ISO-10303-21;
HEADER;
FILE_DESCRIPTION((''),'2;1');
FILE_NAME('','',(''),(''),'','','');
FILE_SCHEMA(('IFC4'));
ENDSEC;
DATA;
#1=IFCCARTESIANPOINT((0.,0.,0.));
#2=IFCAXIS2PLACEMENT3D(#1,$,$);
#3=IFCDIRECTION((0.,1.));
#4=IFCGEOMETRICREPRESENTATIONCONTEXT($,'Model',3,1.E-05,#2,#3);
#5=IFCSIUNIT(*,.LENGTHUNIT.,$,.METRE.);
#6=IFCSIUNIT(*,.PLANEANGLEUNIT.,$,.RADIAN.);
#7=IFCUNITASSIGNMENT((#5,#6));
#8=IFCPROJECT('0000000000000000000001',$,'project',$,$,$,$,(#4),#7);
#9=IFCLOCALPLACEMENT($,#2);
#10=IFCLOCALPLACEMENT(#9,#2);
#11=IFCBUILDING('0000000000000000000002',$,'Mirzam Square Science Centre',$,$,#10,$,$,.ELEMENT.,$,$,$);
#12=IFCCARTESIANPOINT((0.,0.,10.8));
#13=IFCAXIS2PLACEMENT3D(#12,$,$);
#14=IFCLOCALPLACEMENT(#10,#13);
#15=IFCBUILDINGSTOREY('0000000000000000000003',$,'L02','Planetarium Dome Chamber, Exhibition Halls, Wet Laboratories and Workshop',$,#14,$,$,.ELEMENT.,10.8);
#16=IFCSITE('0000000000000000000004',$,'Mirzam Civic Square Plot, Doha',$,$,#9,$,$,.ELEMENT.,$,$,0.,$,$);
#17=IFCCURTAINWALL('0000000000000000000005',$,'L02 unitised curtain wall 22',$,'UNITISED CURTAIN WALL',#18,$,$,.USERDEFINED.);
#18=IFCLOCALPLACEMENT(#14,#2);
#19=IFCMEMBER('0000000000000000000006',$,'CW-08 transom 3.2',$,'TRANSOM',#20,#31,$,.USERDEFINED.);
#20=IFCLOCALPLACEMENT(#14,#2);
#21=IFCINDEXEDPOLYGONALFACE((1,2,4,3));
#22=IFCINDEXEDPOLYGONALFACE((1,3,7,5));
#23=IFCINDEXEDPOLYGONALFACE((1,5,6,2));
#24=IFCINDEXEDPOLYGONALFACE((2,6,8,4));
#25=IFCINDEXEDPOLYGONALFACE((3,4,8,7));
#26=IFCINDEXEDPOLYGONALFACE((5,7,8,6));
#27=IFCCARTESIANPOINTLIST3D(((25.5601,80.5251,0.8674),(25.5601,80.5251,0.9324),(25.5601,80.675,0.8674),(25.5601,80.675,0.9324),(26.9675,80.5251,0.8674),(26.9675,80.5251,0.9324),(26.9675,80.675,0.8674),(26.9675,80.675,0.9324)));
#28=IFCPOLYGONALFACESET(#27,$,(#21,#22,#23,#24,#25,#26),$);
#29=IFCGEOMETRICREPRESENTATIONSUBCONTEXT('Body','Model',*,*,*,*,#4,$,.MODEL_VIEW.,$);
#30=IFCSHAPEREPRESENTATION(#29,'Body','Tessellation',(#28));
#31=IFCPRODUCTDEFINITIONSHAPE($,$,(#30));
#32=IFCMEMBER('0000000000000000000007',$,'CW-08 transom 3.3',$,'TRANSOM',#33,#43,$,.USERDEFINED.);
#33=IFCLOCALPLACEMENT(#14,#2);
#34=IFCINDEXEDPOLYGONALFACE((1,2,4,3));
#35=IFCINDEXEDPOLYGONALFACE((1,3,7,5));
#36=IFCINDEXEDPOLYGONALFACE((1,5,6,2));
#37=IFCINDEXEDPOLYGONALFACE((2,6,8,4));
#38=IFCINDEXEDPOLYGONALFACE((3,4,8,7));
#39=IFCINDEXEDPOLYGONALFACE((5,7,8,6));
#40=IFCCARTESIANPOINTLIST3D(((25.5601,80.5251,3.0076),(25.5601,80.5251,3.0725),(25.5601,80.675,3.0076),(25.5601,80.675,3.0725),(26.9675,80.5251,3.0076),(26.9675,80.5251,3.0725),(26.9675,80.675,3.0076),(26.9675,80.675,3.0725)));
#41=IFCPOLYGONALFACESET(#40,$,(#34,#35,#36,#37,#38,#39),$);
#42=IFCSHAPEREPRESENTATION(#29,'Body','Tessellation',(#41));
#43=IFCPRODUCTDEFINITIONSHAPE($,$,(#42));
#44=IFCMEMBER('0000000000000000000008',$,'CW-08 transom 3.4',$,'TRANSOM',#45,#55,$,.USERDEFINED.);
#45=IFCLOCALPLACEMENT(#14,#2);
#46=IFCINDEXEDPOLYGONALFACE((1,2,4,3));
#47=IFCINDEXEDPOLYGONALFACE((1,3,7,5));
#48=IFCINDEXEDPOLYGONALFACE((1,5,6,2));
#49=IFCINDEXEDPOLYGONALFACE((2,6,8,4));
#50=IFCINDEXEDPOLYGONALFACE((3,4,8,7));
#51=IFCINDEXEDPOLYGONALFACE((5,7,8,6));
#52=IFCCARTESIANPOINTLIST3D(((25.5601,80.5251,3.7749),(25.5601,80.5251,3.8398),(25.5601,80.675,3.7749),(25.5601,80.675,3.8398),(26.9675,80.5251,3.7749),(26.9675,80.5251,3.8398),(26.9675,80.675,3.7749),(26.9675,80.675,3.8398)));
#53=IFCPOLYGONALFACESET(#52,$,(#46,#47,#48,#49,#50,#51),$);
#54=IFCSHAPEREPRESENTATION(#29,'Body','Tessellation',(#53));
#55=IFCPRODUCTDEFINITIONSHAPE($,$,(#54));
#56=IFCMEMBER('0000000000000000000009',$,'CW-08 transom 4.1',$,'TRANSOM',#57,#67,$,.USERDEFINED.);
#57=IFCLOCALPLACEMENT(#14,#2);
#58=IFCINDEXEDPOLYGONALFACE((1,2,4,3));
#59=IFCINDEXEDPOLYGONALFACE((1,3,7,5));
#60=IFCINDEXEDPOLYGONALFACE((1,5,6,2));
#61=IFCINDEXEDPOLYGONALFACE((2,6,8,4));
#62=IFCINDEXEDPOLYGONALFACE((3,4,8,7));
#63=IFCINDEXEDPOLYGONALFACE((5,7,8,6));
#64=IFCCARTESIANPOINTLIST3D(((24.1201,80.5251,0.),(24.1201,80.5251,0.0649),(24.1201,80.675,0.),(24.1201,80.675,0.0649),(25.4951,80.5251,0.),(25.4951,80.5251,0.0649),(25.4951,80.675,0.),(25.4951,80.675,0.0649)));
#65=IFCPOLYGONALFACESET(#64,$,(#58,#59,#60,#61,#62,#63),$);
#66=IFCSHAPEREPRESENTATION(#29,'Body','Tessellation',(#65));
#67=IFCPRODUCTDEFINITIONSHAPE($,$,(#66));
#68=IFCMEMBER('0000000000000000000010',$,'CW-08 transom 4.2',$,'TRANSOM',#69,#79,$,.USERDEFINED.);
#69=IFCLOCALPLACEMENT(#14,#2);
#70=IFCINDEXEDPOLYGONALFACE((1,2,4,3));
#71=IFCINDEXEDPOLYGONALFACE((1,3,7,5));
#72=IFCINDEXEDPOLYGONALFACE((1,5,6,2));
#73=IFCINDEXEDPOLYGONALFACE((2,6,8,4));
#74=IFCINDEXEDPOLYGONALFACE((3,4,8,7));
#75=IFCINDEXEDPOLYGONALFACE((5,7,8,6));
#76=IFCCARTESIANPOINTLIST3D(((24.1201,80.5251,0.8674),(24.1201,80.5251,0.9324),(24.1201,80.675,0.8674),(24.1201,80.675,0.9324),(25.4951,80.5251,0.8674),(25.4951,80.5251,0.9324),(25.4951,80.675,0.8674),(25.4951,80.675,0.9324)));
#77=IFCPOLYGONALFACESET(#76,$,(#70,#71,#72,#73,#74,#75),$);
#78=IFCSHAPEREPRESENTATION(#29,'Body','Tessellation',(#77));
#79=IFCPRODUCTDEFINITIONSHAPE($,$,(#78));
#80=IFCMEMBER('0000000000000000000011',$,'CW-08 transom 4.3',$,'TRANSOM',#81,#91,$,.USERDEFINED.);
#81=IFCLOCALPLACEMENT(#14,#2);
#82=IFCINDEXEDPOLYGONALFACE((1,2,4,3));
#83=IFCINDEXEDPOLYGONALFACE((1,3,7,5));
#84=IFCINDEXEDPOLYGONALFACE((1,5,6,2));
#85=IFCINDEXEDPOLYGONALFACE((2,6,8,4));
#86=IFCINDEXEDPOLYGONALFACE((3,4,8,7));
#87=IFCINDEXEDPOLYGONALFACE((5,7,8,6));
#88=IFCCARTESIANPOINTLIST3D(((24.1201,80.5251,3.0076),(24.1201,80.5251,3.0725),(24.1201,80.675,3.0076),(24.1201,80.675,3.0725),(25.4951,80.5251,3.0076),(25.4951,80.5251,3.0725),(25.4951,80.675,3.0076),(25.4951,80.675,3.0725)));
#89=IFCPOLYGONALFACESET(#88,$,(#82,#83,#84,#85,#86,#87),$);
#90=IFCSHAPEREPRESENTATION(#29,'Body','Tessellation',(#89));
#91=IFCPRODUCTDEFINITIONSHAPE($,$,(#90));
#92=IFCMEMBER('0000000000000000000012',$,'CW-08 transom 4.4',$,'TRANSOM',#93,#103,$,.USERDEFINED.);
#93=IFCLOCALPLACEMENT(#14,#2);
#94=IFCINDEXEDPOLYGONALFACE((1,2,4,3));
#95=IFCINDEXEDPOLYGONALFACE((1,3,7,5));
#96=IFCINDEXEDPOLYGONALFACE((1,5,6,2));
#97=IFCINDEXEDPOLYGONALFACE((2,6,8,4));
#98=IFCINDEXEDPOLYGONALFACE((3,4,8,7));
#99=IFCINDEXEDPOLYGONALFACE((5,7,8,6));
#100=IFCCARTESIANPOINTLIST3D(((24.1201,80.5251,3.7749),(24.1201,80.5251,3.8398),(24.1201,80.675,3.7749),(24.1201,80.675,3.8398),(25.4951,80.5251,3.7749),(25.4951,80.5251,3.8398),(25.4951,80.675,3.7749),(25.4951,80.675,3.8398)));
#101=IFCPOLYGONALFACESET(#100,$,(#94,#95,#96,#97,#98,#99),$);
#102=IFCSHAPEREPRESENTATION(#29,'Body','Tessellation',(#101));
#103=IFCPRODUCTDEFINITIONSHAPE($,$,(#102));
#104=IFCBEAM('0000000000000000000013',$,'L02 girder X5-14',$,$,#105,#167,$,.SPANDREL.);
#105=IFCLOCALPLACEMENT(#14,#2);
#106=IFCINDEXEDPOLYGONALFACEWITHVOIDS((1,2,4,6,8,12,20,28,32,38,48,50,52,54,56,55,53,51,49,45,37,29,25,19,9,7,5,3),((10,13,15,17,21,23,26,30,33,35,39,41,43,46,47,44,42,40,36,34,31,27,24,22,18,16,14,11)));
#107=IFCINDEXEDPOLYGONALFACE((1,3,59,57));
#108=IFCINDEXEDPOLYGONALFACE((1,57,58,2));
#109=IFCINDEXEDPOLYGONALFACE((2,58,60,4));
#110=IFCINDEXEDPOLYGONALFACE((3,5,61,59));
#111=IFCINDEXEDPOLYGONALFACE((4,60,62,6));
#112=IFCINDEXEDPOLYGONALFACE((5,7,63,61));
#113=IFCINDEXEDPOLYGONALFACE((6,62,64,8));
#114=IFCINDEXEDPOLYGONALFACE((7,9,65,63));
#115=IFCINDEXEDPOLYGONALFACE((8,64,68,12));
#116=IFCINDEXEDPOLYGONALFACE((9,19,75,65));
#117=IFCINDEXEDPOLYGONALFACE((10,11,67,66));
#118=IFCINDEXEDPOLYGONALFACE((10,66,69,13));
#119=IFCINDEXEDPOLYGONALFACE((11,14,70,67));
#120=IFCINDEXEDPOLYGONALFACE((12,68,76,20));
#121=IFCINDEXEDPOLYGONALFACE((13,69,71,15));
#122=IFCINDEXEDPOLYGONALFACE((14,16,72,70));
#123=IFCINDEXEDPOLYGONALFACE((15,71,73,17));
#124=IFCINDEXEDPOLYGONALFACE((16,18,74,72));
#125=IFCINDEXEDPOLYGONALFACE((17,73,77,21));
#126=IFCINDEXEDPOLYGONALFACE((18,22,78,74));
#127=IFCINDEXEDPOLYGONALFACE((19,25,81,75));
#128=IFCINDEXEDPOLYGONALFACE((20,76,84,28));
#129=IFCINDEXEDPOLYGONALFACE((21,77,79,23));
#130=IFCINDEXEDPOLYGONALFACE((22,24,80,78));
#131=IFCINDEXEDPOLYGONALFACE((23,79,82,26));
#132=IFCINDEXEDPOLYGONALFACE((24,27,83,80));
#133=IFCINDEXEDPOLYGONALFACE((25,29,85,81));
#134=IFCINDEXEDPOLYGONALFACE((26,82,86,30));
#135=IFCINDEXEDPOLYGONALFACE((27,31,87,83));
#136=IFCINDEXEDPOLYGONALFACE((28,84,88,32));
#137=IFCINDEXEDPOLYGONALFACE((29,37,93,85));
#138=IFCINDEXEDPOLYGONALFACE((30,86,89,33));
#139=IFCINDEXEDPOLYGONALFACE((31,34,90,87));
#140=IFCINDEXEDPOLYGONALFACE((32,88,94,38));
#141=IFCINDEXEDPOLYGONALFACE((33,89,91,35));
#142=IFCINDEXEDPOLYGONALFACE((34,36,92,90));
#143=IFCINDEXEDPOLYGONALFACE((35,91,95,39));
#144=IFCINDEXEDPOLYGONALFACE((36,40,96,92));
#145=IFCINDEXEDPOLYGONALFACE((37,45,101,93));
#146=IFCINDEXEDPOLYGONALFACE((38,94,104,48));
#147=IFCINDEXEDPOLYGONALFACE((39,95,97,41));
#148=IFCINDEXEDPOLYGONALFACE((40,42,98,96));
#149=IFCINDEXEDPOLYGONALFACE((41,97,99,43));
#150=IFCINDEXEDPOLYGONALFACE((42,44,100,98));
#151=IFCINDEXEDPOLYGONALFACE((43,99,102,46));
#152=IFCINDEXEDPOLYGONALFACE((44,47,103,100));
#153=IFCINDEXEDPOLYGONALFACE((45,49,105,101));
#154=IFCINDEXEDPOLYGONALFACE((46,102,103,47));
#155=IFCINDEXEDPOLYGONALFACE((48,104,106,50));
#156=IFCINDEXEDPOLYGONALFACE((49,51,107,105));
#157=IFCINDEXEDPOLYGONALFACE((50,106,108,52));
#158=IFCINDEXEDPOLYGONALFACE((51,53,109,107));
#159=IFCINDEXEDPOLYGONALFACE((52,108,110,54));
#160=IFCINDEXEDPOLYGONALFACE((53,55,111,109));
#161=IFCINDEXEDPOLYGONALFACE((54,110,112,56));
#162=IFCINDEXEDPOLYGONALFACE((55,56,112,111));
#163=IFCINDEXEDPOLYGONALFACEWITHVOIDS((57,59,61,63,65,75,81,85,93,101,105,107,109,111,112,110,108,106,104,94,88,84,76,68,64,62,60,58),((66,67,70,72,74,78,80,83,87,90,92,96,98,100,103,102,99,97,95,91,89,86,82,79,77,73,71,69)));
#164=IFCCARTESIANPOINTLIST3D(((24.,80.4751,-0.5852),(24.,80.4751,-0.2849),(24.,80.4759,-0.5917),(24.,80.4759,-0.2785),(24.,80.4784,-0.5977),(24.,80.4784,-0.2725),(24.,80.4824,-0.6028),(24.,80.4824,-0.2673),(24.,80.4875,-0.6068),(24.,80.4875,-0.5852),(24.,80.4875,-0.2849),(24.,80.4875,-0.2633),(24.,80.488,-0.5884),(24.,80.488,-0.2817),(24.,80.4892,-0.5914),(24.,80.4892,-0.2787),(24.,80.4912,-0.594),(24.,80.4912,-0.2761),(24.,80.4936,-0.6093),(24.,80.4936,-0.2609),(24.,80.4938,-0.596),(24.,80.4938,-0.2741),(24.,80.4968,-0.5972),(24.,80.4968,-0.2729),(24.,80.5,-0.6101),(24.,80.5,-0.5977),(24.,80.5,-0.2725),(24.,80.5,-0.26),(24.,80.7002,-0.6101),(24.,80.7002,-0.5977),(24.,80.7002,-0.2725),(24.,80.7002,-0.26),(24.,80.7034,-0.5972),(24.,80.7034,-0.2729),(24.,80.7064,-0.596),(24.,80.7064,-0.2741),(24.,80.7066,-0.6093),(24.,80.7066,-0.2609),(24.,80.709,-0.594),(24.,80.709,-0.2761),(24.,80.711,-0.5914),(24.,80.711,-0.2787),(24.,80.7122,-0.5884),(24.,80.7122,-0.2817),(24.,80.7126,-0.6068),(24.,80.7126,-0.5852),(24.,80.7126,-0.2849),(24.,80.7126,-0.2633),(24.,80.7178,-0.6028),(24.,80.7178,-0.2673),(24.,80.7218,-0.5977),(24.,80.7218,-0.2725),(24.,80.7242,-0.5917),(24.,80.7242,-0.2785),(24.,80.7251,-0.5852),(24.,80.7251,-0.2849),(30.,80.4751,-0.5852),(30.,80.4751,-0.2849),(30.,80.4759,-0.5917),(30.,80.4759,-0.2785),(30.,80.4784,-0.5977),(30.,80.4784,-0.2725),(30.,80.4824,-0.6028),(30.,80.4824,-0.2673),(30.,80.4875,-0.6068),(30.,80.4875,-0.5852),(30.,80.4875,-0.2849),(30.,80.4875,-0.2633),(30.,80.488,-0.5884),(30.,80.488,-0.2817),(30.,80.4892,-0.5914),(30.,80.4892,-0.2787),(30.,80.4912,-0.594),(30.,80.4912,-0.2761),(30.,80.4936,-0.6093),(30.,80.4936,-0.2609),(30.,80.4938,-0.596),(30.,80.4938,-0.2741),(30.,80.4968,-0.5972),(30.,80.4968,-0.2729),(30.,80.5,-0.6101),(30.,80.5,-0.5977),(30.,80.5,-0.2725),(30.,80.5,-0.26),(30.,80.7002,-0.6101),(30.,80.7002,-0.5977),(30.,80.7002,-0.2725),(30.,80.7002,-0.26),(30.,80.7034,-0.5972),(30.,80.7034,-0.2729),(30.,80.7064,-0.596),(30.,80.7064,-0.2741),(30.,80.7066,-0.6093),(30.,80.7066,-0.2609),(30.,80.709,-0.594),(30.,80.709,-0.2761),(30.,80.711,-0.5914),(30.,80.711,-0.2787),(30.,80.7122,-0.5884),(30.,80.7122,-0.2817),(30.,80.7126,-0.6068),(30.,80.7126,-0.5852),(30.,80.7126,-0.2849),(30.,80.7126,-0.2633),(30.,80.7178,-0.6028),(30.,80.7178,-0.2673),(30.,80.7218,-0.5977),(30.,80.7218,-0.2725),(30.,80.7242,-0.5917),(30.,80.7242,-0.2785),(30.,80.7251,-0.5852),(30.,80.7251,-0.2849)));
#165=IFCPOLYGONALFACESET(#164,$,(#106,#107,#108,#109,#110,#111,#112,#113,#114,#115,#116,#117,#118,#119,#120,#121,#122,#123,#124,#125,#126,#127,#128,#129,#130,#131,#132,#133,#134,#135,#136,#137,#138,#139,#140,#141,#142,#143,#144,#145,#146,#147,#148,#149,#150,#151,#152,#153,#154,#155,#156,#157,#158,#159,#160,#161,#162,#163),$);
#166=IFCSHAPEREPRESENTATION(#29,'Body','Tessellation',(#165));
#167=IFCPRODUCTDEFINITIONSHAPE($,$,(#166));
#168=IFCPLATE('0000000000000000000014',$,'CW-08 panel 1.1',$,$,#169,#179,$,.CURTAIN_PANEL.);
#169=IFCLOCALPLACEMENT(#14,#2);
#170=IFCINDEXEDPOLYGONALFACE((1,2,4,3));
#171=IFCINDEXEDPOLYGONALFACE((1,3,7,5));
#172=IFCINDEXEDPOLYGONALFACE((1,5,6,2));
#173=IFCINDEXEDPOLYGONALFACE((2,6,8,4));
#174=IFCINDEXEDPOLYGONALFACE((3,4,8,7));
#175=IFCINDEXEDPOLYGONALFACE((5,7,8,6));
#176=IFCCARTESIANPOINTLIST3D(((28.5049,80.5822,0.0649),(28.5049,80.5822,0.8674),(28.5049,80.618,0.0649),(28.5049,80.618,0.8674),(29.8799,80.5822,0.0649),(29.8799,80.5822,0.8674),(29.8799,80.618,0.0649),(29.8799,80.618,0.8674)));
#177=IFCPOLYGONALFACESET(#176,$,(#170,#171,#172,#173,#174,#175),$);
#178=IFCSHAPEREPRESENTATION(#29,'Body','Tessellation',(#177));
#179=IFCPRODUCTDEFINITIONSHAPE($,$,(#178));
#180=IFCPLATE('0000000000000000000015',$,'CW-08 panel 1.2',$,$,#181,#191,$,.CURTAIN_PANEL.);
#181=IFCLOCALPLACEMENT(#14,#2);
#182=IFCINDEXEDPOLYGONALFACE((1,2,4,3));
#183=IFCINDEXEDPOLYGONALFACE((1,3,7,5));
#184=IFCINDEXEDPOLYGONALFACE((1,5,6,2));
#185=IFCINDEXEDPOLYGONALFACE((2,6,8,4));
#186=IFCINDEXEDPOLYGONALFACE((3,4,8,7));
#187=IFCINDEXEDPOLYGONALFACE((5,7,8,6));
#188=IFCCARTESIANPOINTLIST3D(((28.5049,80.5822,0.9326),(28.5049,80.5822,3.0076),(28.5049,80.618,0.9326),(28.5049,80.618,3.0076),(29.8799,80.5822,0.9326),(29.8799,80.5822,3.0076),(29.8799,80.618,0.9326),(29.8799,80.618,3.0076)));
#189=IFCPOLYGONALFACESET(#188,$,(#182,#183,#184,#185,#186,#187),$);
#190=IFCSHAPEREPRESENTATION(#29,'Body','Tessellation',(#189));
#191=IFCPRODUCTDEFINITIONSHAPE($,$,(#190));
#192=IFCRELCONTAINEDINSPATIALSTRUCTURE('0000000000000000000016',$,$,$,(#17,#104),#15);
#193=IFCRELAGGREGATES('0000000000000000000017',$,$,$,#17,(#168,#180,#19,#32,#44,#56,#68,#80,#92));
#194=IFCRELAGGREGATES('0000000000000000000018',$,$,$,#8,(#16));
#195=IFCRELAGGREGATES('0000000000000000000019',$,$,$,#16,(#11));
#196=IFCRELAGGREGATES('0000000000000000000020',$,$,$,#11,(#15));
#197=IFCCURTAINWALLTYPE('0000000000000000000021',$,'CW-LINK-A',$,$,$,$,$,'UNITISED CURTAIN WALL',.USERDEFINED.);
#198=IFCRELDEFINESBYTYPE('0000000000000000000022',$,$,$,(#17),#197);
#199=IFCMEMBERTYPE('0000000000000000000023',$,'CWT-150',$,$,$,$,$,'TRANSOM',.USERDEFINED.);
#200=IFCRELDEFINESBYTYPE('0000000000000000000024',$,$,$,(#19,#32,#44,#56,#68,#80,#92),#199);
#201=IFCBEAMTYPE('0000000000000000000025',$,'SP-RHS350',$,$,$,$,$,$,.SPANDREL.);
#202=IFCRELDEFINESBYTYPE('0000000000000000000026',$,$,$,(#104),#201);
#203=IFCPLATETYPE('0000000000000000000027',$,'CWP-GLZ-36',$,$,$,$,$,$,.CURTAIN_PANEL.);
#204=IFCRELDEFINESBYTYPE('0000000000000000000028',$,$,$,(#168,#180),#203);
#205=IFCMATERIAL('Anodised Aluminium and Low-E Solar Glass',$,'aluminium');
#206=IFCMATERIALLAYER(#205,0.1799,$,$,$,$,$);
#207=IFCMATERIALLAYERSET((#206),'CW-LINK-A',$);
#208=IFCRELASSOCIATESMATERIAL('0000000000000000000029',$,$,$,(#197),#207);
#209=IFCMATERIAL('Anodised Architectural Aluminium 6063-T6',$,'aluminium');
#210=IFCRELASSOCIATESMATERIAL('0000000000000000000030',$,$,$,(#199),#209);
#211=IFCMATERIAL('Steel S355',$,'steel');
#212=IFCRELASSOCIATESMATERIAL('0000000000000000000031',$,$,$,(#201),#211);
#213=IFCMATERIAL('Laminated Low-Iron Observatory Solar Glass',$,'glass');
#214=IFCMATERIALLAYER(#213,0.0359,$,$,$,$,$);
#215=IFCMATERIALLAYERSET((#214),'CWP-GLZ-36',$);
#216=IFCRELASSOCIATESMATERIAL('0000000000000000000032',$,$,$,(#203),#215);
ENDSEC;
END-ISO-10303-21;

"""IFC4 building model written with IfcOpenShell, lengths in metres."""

from ifc_helpers import new_model, si_unit, direction, frame, origin, origin_2d, place, context, subcontext, project, spatial, rectangle, hollow_rectangle, extrude, material, layer, layer_set, material_profile, profile_set, type_object, element, aggregate, save


model = new_model("IFC4")

# Units and contexts
model_context = context("Model", 3, precision=1e-05, world=origin(), true_north=direction((0.0, 1.0)))
body_context = subcontext(model_context, "Body", "Model", "MODEL_VIEW")
ifc_project = project(units=[si_unit("LENGTHUNIT", "METRE"), si_unit("PLANEANGLEUNIT", "RADIAN")], contexts=[model_context])

# Site, building, storey
site_placement = place(None, origin())
site = spatial("IfcSite", under=ifc_project, at=site_placement, Name="Mirzam Civic Square Plot, Doha", CompositionType="ELEMENT", RefElevation=0.0)
building_placement = place(site_placement, origin())
building = spatial("IfcBuilding", under=site, at=building_placement, Name="Mirzam Square Science Centre", CompositionType="ELEMENT")
storey_placement = place(building_placement, frame((0.0, 0.0, 10.8)))
storey = spatial("IfcBuildingStorey", under=building, at=storey_placement, Name="L02", Description="Planetarium Dome Chamber, Exhibition Halls, Wet Laboratories and Workshop", CompositionType="ELEMENT", Elevation=10.8)

# Shared definitions
ifc_material_1 = material(Name="Steel S355", Category="steel")

# Curtain wall, members
ifc_material_2 = material(Name="Anodised Aluminium and Low-E Solar Glass", Category="aluminium")
ifc_layer_1 = layer(ifc_material_2, 0.1799)
ifc_layer_set_1 = layer_set([ifc_layer_1], Name="CW-LINK-A")
curtain_wall_type = type_object("IfcCurtainWallType", Name="CW-LINK-A", ElementType="UNITISED CURTAIN WALL", PredefinedType="USERDEFINED", material=ifc_layer_set_1)
curtain_wall_placement = place(storey_placement, origin())
curtain_wall = element("IfcCurtainWall", 1, at=curtain_wall_placement, inside=storey, type_object=curtain_wall_type, Name="L02 unitised curtain wall 22", ObjectType="UNITISED CURTAIN WALL", PredefinedType="USERDEFINED")
ifc_material_3 = material(Name="Anodised Architectural Aluminium 6063-T6", Category="aluminium")
ifc_material_profile_1 = material_profile(ifc_material_3, rectangle(XDim=0.1499, YDim=0.0649, at=origin_2d()), Name="ALU-TRAN-150x65x4")
ifc_profile_set_1 = profile_set([ifc_material_profile_1], Name="Anodised Architectural Aluminium 6063-T6")
member_type_1 = type_object("IfcMemberType", Name="CWT-150", ElementType="TRANSOM", PredefinedType="USERDEFINED", material=ifc_profile_set_1)
member_1_placement = place(storey_placement, frame((26.9675, 80.6001, 0.8999), z_axis=(-1.0, 0.0, 0.0), x_axis=(0.0, -1.0, 0.0)))
member_1 = element("IfcMember", 2, at=member_1_placement, type_object=member_type_1, Name="CW-08 transom 3.2", ObjectType="TRANSOM", PredefinedType="USERDEFINED", context=body_context, shape_type="SweptSolid", body=[
    extrude(rectangle(XDim=0.1499, YDim=0.0649, at=origin_2d()), origin(), (0.0, 0.0, 1.0), 1.4075),
])
member_2_placement = place(storey_placement, frame((26.9675, 80.6001, 3.04), z_axis=(-1.0, 0.0, 0.0), x_axis=(0.0, -1.0, 0.0)))
member_2 = element("IfcMember", 3, at=member_2_placement, type_object=member_type_1, Name="CW-08 transom 3.3", ObjectType="TRANSOM", PredefinedType="USERDEFINED", context=body_context, shape_type="SweptSolid", body=[
    extrude(rectangle(XDim=0.1499, YDim=0.0649, at=origin_2d()), origin(), (0.0, 0.0, 1.0), 1.4075),
])
member_3_placement = place(storey_placement, frame((26.9675, 80.6001, 3.8074), z_axis=(-1.0, 0.0, 0.0), x_axis=(0.0, -1.0, 0.0)))
member_3 = element("IfcMember", 4, at=member_3_placement, type_object=member_type_1, Name="CW-08 transom 3.4", ObjectType="TRANSOM", PredefinedType="USERDEFINED", context=body_context, shape_type="SweptSolid", body=[
    extrude(rectangle(XDim=0.1499, YDim=0.0649, at=origin_2d()), origin(), (0.0, 0.0, 1.0), 1.4075),
])
member_4_placement = place(storey_placement, frame((25.4951, 80.6001, 0.0325), z_axis=(-1.0, 0.0, 0.0), x_axis=(0.0, -1.0, 0.0)))
member_4 = element("IfcMember", 5, at=member_4_placement, type_object=member_type_1, Name="CW-08 transom 4.1", ObjectType="TRANSOM", PredefinedType="USERDEFINED", context=body_context, shape_type="SweptSolid", body=[
    extrude(rectangle(XDim=0.1499, YDim=0.0649, at=origin_2d()), origin(), (0.0, 0.0, 1.0), 1.375),
])
member_5_placement = place(storey_placement, frame((25.4951, 80.6001, 0.8999), z_axis=(-1.0, 0.0, 0.0), x_axis=(0.0, -1.0, 0.0)))
member_5 = element("IfcMember", 6, at=member_5_placement, type_object=member_type_1, Name="CW-08 transom 4.2", ObjectType="TRANSOM", PredefinedType="USERDEFINED", context=body_context, shape_type="SweptSolid", body=[
    extrude(rectangle(XDim=0.1499, YDim=0.0649, at=origin_2d()), origin(), (0.0, 0.0, 1.0), 1.375),
])
member_6_placement = place(storey_placement, frame((25.4951, 80.6001, 3.04), z_axis=(-1.0, 0.0, 0.0), x_axis=(0.0, -1.0, 0.0)))
member_6 = element("IfcMember", 7, at=member_6_placement, type_object=member_type_1, Name="CW-08 transom 4.3", ObjectType="TRANSOM", PredefinedType="USERDEFINED", context=body_context, shape_type="SweptSolid", body=[
    extrude(rectangle(XDim=0.1499, YDim=0.0649, at=origin_2d()), origin(), (0.0, 0.0, 1.0), 1.375),
])
member_7_placement = place(storey_placement, frame((25.4951, 80.6001, 3.8074), z_axis=(-1.0, 0.0, 0.0), x_axis=(0.0, -1.0, 0.0)))
member_7 = element("IfcMember", 8, at=member_7_placement, type_object=member_type_1, Name="CW-08 transom 4.4", ObjectType="TRANSOM", PredefinedType="USERDEFINED", context=body_context, shape_type="SweptSolid", body=[
    extrude(rectangle(XDim=0.1499, YDim=0.0649, at=origin_2d()), origin(), (0.0, 0.0, 1.0), 1.375),
])

# Beam
ifc_material_profile_2 = material_profile(ifc_material_1, hollow_rectangle(XDim=0.25, YDim=0.3501, WallThickness=0.0125, InnerFilletRadius=0.0125, OuterFilletRadius=0.0249, at=origin_2d()), Name="350x250x12.5RHS")
ifc_profile_set_2 = profile_set([ifc_material_profile_2], Name="Steel S355")
beam_type = type_object("IfcBeamType", Name="SP-RHS350", PredefinedType="SPANDREL", material=ifc_profile_set_2)
beam_placement = place(storey_placement, frame((24.0, 80.6001, -0.4351), z_axis=(1.0, 0.0, 0.0), x_axis=(0.0, 1.0, 0.0)))
element("IfcBeam", 9, at=beam_placement, inside=storey, type_object=beam_type, Name="L02 girder X5-14", PredefinedType="SPANDREL", context=body_context, shape_type="SweptSolid", body=[
    extrude(hollow_rectangle(XDim=0.25, YDim=0.3501, WallThickness=0.0125, InnerFilletRadius=0.0125, OuterFilletRadius=0.0249, at=origin_2d()), origin(), (0.0, 0.0, 1.0), 6.0),
])

# Plates
ifc_material_4 = material(Name="Laminated Low-Iron Observatory Solar Glass", Category="glass")
ifc_layer_2 = layer(ifc_material_4, 0.0359)
ifc_layer_set_2 = layer_set([ifc_layer_2], Name="CWP-GLZ-36")
plate_type = type_object("IfcPlateType", Name="CWP-GLZ-36", PredefinedType="CURTAIN_PANEL", material=ifc_layer_set_2)
plate_1_placement = place(storey_placement, frame((29.1924, 80.6001, 0.0649), z_axis=(0.0, 0.0, 1.0), x_axis=(-1.0, 0.0, 0.0)))
plate_1 = element("IfcPlate", 10, at=plate_1_placement, type_object=plate_type, Name="CW-08 panel 1.1", PredefinedType="CURTAIN_PANEL", context=body_context, shape_type="SweptSolid", body=[
    extrude(rectangle(XDim=1.375, YDim=0.0359, at=origin_2d()), origin(), (0.0, 0.0, 1.0), 0.8025),
])
plate_2_placement = place(storey_placement, frame((29.1924, 80.6001, 0.9326), z_axis=(0.0, 0.0, 1.0), x_axis=(-1.0, 0.0, 0.0)))
plate_2 = element("IfcPlate", 11, at=plate_2_placement, type_object=plate_type, Name="CW-08 panel 1.2", PredefinedType="CURTAIN_PANEL", context=body_context, shape_type="SweptSolid", body=[
    extrude(rectangle(XDim=1.375, YDim=0.0359, at=origin_2d()), origin(), (0.0, 0.0, 1.0), 2.075),
])
aggregate(curtain_wall, [plate_1, plate_2, member_1, member_2, member_3, member_4, member_5, member_6, member_7])

save(model, "model.ifc")
